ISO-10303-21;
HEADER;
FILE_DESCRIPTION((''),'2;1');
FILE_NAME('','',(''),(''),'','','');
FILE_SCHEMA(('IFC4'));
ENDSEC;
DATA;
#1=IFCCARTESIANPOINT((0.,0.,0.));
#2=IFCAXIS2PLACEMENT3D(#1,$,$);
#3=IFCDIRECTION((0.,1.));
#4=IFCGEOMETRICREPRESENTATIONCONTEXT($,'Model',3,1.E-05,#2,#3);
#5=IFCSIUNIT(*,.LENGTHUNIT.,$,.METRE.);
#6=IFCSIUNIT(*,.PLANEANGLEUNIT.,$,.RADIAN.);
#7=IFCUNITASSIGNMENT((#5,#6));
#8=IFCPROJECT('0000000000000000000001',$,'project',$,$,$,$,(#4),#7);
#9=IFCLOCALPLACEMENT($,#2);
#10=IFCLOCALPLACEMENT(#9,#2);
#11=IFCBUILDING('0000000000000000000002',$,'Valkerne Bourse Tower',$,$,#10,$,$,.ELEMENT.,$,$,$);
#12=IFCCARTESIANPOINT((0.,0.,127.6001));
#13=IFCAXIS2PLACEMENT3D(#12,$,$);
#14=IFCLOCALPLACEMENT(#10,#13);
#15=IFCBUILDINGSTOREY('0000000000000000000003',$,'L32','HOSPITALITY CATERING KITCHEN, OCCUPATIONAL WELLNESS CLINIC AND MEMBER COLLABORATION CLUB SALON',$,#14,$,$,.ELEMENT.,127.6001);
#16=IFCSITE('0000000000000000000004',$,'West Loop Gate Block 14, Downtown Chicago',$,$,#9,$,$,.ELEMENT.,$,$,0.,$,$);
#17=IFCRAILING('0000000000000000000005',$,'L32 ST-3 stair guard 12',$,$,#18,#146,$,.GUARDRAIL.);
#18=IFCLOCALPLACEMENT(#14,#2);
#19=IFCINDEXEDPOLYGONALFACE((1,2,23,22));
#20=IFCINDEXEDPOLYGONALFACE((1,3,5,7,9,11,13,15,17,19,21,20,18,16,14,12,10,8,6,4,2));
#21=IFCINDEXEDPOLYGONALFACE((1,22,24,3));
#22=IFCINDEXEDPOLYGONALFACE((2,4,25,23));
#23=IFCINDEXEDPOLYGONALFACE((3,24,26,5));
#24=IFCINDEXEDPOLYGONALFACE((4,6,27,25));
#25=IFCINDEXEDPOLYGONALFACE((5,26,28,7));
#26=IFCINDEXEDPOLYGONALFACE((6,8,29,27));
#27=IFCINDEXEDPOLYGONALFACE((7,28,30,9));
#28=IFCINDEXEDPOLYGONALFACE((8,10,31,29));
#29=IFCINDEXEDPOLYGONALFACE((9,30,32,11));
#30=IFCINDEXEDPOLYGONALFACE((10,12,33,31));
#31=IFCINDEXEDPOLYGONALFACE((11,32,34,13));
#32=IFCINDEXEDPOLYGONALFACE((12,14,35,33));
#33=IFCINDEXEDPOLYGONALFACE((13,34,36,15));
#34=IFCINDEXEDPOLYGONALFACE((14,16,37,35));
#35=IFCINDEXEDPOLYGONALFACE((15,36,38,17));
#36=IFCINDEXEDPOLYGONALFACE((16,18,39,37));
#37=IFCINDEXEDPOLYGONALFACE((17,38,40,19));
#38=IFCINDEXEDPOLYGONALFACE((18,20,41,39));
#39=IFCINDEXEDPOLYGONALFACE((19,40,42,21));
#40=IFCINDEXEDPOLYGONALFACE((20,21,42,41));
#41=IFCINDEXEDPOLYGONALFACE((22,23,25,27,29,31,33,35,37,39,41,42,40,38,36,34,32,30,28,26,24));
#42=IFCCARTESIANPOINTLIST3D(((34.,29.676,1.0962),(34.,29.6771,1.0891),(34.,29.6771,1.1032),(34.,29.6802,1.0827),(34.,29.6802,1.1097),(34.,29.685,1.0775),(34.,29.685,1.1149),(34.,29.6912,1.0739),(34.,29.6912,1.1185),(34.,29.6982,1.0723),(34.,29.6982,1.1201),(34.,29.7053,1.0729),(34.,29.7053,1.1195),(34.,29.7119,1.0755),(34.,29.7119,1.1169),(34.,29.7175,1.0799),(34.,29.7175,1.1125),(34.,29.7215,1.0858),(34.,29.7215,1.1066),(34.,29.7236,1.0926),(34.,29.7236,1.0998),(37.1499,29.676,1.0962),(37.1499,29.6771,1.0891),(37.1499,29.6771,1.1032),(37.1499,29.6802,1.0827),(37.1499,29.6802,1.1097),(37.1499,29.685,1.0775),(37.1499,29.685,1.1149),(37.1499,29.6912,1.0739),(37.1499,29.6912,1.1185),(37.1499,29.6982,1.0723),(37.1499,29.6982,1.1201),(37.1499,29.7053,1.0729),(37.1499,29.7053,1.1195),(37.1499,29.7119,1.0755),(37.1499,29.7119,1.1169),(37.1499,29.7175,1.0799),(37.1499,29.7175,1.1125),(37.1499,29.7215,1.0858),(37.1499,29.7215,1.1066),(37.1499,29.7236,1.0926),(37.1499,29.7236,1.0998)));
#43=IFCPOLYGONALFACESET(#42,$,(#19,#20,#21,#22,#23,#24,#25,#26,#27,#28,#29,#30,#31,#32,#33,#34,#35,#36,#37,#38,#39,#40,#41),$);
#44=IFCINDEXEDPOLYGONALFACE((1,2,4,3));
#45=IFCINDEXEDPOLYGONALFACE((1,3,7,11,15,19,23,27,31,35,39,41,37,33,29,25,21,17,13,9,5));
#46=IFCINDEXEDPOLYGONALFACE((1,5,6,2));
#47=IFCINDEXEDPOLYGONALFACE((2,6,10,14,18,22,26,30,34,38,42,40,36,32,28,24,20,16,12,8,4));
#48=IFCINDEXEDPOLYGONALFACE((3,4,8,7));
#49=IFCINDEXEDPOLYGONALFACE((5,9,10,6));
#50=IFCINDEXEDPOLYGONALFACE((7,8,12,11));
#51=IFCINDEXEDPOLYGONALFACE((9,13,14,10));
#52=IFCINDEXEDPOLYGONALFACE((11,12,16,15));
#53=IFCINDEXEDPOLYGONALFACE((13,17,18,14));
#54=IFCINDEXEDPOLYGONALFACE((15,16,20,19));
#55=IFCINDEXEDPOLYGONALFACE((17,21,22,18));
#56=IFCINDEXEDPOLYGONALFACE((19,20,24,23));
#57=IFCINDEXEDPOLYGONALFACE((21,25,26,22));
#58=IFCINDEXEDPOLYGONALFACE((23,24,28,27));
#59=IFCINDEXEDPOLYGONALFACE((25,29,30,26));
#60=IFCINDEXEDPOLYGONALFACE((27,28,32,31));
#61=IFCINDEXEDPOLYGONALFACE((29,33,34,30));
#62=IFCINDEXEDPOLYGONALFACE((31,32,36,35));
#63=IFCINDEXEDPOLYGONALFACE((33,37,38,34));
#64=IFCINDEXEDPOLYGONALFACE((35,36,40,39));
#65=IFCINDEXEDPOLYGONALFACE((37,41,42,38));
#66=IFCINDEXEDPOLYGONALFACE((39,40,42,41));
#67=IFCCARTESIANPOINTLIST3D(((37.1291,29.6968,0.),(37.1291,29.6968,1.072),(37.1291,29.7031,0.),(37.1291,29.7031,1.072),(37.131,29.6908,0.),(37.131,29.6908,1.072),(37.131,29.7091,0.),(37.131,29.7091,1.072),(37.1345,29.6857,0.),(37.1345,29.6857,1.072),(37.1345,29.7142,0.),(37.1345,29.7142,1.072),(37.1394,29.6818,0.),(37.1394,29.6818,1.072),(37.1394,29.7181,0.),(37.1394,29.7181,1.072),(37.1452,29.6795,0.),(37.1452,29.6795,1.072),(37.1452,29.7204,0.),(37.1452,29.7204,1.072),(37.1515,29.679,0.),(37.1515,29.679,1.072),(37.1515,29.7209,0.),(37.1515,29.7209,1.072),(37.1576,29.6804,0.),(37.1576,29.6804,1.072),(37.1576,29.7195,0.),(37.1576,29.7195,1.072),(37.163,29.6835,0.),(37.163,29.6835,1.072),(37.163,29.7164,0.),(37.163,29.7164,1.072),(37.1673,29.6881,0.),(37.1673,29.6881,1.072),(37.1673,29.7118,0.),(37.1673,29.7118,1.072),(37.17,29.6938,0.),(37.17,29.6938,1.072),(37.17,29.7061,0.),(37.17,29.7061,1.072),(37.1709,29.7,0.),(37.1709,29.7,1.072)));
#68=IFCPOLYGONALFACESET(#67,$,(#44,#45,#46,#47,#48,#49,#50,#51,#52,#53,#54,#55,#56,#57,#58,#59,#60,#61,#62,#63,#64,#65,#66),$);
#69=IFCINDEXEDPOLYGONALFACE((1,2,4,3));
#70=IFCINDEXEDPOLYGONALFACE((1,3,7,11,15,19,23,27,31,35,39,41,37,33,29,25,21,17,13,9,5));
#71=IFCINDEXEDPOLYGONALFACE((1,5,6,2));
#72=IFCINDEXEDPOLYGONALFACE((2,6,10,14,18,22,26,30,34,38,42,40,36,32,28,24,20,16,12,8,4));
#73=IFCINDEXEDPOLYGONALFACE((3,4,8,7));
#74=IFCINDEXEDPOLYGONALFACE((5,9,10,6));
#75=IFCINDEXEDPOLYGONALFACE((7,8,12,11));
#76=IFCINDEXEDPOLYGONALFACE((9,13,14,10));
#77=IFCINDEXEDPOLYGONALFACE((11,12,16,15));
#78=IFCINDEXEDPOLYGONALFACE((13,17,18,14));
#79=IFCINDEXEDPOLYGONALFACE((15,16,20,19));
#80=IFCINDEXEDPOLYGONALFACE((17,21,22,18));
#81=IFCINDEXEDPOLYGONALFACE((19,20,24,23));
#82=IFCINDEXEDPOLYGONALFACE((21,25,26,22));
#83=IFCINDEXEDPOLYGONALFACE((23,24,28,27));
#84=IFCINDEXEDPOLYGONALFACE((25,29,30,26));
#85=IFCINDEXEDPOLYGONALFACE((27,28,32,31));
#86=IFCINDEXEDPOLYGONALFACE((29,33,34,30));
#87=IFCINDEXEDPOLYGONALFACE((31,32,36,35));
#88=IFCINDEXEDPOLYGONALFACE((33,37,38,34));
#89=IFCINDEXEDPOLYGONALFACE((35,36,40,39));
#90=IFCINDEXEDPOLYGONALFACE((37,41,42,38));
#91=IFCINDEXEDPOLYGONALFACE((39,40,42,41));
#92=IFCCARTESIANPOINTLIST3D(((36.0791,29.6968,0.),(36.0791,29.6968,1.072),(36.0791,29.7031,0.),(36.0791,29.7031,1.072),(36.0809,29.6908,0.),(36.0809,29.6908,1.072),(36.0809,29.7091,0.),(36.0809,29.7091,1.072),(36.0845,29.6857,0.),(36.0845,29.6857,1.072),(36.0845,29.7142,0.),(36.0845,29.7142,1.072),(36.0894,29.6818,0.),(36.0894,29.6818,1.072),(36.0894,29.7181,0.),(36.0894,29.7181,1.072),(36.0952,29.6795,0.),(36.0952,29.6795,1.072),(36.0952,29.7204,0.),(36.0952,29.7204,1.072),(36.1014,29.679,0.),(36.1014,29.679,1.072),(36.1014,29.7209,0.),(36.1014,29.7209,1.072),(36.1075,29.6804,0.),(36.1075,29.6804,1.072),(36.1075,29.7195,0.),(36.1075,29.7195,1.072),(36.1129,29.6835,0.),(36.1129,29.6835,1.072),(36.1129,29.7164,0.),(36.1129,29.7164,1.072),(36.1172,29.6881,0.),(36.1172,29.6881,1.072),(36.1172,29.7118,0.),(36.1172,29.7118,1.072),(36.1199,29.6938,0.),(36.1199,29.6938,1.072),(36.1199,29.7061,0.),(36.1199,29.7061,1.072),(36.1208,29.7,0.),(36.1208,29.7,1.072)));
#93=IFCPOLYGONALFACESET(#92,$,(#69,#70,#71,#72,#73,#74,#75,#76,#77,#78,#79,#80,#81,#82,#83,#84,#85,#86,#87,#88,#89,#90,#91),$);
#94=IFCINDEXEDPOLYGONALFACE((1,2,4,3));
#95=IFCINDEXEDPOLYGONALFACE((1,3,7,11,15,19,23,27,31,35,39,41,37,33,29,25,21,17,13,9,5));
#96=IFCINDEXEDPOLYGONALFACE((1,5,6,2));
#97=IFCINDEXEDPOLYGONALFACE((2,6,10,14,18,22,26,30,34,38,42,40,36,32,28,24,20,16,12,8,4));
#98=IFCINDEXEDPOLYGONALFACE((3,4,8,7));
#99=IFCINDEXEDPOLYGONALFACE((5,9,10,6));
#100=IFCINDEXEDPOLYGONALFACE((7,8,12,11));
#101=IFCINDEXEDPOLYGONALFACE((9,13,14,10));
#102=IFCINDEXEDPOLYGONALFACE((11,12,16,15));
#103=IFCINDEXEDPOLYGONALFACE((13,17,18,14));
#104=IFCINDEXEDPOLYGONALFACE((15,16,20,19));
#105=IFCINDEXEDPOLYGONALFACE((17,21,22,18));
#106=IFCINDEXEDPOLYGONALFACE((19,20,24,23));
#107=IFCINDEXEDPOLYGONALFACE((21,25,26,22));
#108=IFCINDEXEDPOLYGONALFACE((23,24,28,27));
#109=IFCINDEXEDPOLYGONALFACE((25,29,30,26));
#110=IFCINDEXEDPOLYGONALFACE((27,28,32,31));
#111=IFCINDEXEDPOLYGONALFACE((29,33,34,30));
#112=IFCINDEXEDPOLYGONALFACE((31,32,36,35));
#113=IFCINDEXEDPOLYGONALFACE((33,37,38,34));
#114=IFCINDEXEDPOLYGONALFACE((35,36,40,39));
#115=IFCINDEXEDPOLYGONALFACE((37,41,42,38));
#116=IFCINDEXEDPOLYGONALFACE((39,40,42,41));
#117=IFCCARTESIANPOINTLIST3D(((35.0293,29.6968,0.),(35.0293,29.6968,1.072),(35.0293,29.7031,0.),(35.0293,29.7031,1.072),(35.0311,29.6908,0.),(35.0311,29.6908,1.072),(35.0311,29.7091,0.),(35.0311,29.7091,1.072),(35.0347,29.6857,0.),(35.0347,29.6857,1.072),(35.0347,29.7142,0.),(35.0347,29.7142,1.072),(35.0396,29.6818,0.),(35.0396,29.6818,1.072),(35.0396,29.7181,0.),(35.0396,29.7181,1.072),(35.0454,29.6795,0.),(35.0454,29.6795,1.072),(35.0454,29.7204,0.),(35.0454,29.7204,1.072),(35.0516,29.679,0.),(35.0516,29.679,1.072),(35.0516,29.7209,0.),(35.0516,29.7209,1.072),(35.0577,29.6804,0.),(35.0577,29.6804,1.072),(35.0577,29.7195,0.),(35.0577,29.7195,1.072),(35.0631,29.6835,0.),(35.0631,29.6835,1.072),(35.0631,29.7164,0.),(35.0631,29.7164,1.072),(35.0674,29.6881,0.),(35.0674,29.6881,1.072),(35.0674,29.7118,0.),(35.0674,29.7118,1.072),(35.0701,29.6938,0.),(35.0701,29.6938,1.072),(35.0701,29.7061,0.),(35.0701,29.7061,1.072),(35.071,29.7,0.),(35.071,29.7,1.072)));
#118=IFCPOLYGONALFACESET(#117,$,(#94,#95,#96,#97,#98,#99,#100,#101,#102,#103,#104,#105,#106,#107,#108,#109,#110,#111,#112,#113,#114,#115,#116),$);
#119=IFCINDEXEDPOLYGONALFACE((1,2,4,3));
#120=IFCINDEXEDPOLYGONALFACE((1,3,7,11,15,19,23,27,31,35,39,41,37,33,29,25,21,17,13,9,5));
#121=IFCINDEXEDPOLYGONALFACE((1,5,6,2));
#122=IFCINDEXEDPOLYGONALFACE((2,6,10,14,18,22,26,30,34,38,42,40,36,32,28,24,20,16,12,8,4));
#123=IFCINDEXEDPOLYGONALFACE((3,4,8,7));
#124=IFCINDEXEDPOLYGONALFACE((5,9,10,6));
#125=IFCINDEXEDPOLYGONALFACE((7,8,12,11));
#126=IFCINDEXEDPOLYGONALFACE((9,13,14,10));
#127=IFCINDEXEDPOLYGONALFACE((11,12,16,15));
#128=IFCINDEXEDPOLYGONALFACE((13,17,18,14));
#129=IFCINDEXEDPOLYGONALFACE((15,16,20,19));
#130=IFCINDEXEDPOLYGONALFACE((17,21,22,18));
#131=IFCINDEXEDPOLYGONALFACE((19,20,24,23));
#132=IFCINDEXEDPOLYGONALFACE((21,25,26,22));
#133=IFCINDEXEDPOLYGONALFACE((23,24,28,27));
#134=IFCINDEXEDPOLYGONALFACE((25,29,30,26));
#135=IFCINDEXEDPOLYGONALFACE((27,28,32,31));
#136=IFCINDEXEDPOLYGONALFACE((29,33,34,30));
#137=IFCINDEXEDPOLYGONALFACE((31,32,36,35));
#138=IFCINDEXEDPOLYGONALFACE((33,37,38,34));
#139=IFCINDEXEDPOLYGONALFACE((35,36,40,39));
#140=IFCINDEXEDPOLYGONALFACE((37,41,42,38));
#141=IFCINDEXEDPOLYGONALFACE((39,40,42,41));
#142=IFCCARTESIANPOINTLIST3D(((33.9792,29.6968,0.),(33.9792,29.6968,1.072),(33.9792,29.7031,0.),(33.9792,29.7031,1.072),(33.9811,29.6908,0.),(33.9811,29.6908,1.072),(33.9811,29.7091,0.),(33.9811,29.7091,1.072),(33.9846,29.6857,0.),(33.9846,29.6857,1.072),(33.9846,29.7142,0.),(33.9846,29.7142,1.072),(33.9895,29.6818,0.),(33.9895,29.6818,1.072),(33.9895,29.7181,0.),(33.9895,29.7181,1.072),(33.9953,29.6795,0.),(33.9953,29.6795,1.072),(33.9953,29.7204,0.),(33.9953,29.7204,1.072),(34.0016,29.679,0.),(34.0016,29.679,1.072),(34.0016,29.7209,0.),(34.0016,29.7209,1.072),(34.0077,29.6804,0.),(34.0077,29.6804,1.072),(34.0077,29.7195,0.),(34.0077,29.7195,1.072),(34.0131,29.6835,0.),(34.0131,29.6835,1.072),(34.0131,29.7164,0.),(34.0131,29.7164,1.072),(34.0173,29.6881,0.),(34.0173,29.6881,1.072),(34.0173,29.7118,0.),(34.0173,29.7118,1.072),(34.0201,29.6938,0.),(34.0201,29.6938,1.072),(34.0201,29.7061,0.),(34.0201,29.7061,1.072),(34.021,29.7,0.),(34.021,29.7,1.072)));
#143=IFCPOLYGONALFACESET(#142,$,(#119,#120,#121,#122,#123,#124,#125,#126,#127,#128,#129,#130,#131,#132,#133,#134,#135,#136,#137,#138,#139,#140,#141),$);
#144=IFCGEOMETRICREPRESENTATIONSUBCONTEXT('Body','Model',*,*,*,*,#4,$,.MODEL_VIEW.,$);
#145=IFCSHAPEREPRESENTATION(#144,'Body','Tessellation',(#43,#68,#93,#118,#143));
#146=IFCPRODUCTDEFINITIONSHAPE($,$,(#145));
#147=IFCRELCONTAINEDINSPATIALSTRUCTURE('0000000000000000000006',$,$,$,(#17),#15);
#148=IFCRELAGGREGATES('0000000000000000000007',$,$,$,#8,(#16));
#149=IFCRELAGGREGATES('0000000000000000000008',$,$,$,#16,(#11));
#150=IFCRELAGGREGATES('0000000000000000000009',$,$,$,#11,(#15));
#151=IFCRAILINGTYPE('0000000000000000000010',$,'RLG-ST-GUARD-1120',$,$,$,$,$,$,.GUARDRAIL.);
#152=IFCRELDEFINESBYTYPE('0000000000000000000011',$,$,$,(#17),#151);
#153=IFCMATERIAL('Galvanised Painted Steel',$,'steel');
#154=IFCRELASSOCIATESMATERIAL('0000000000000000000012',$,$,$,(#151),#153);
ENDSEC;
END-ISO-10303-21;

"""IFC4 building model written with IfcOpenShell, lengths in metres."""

from ifc_helpers import new_model, si_unit, direction, frame, origin, origin_2d, place, context, subcontext, project, spatial, circle, extrude, material, type_object, element, save


model = new_model("IFC4")

# Units and contexts
model_context = context("Model", 3, precision=1e-05, world=origin(), true_north=direction((0.0, 1.0)))
body_context = subcontext(model_context, "Body", "Model", "MODEL_VIEW")
ifc_project = project(units=[si_unit("LENGTHUNIT", "METRE"), si_unit("PLANEANGLEUNIT", "RADIAN")], contexts=[model_context])

# Site, building, storey
site_placement = place(None, origin())
site = spatial("IfcSite", under=ifc_project, at=site_placement, Name="West Loop Gate Block 14, Downtown Chicago", CompositionType="ELEMENT", RefElevation=0.0)
building_placement = place(site_placement, origin())
building = spatial("IfcBuilding", under=site, at=building_placement, Name="Valkerne Bourse Tower", CompositionType="ELEMENT")
storey_placement = place(building_placement, frame((0.0, 0.0, 127.6001)))
storey = spatial("IfcBuildingStorey", under=building, at=storey_placement, Name="L32", Description="HOSPITALITY CATERING KITCHEN, OCCUPATIONAL WELLNESS CLINIC AND MEMBER COLLABORATION CLUB SALON", CompositionType="ELEMENT", Elevation=127.6001)

# Shared definitions
ifc_material_1 = material(Name="Galvanised Painted Steel", Category="steel")

# Railing
railing_type_1 = type_object("IfcRailingType", Name="RLG-ST-GUARD-1120", PredefinedType="GUARDRAIL", material=ifc_material_1)
railing_1_placement = place(storey_placement, frame((37.1499, 29.7, 0.0)))
element("IfcRailing", 1, at=railing_1_placement, inside=storey, type_object=railing_type_1, Name="L32 ST-3 stair guard 12", PredefinedType="GUARDRAIL", context=body_context, shape_type="SweptSolid", body=[
    extrude(circle(Radius=0.0239, at=origin_2d()), frame((0.0, 0.0, 1.0962), z_axis=(-1.0, 0.0, 0.0), x_axis=(0.0, -1.0, 0.0)), (0.0, 0.0, 1.0), 3.1499),
    extrude(circle(Radius=0.021, at=origin_2d()), origin(), (0.0, 0.0, 1.0), 1.072),
    extrude(circle(Radius=0.021, at=origin_2d()), frame((-1.05, 0.0, 0.0)), (0.0, 0.0, 1.0), 1.072),
    extrude(circle(Radius=0.021, at=origin_2d()), frame((-2.0999, 0.0, 0.0)), (0.0, 0.0, 1.0), 1.072),
    extrude(circle(Radius=0.021, at=origin_2d()), frame((-3.1499, 0.0, 0.0)), (0.0, 0.0, 1.0), 1.072),
])

save(model, "model.ifc")
